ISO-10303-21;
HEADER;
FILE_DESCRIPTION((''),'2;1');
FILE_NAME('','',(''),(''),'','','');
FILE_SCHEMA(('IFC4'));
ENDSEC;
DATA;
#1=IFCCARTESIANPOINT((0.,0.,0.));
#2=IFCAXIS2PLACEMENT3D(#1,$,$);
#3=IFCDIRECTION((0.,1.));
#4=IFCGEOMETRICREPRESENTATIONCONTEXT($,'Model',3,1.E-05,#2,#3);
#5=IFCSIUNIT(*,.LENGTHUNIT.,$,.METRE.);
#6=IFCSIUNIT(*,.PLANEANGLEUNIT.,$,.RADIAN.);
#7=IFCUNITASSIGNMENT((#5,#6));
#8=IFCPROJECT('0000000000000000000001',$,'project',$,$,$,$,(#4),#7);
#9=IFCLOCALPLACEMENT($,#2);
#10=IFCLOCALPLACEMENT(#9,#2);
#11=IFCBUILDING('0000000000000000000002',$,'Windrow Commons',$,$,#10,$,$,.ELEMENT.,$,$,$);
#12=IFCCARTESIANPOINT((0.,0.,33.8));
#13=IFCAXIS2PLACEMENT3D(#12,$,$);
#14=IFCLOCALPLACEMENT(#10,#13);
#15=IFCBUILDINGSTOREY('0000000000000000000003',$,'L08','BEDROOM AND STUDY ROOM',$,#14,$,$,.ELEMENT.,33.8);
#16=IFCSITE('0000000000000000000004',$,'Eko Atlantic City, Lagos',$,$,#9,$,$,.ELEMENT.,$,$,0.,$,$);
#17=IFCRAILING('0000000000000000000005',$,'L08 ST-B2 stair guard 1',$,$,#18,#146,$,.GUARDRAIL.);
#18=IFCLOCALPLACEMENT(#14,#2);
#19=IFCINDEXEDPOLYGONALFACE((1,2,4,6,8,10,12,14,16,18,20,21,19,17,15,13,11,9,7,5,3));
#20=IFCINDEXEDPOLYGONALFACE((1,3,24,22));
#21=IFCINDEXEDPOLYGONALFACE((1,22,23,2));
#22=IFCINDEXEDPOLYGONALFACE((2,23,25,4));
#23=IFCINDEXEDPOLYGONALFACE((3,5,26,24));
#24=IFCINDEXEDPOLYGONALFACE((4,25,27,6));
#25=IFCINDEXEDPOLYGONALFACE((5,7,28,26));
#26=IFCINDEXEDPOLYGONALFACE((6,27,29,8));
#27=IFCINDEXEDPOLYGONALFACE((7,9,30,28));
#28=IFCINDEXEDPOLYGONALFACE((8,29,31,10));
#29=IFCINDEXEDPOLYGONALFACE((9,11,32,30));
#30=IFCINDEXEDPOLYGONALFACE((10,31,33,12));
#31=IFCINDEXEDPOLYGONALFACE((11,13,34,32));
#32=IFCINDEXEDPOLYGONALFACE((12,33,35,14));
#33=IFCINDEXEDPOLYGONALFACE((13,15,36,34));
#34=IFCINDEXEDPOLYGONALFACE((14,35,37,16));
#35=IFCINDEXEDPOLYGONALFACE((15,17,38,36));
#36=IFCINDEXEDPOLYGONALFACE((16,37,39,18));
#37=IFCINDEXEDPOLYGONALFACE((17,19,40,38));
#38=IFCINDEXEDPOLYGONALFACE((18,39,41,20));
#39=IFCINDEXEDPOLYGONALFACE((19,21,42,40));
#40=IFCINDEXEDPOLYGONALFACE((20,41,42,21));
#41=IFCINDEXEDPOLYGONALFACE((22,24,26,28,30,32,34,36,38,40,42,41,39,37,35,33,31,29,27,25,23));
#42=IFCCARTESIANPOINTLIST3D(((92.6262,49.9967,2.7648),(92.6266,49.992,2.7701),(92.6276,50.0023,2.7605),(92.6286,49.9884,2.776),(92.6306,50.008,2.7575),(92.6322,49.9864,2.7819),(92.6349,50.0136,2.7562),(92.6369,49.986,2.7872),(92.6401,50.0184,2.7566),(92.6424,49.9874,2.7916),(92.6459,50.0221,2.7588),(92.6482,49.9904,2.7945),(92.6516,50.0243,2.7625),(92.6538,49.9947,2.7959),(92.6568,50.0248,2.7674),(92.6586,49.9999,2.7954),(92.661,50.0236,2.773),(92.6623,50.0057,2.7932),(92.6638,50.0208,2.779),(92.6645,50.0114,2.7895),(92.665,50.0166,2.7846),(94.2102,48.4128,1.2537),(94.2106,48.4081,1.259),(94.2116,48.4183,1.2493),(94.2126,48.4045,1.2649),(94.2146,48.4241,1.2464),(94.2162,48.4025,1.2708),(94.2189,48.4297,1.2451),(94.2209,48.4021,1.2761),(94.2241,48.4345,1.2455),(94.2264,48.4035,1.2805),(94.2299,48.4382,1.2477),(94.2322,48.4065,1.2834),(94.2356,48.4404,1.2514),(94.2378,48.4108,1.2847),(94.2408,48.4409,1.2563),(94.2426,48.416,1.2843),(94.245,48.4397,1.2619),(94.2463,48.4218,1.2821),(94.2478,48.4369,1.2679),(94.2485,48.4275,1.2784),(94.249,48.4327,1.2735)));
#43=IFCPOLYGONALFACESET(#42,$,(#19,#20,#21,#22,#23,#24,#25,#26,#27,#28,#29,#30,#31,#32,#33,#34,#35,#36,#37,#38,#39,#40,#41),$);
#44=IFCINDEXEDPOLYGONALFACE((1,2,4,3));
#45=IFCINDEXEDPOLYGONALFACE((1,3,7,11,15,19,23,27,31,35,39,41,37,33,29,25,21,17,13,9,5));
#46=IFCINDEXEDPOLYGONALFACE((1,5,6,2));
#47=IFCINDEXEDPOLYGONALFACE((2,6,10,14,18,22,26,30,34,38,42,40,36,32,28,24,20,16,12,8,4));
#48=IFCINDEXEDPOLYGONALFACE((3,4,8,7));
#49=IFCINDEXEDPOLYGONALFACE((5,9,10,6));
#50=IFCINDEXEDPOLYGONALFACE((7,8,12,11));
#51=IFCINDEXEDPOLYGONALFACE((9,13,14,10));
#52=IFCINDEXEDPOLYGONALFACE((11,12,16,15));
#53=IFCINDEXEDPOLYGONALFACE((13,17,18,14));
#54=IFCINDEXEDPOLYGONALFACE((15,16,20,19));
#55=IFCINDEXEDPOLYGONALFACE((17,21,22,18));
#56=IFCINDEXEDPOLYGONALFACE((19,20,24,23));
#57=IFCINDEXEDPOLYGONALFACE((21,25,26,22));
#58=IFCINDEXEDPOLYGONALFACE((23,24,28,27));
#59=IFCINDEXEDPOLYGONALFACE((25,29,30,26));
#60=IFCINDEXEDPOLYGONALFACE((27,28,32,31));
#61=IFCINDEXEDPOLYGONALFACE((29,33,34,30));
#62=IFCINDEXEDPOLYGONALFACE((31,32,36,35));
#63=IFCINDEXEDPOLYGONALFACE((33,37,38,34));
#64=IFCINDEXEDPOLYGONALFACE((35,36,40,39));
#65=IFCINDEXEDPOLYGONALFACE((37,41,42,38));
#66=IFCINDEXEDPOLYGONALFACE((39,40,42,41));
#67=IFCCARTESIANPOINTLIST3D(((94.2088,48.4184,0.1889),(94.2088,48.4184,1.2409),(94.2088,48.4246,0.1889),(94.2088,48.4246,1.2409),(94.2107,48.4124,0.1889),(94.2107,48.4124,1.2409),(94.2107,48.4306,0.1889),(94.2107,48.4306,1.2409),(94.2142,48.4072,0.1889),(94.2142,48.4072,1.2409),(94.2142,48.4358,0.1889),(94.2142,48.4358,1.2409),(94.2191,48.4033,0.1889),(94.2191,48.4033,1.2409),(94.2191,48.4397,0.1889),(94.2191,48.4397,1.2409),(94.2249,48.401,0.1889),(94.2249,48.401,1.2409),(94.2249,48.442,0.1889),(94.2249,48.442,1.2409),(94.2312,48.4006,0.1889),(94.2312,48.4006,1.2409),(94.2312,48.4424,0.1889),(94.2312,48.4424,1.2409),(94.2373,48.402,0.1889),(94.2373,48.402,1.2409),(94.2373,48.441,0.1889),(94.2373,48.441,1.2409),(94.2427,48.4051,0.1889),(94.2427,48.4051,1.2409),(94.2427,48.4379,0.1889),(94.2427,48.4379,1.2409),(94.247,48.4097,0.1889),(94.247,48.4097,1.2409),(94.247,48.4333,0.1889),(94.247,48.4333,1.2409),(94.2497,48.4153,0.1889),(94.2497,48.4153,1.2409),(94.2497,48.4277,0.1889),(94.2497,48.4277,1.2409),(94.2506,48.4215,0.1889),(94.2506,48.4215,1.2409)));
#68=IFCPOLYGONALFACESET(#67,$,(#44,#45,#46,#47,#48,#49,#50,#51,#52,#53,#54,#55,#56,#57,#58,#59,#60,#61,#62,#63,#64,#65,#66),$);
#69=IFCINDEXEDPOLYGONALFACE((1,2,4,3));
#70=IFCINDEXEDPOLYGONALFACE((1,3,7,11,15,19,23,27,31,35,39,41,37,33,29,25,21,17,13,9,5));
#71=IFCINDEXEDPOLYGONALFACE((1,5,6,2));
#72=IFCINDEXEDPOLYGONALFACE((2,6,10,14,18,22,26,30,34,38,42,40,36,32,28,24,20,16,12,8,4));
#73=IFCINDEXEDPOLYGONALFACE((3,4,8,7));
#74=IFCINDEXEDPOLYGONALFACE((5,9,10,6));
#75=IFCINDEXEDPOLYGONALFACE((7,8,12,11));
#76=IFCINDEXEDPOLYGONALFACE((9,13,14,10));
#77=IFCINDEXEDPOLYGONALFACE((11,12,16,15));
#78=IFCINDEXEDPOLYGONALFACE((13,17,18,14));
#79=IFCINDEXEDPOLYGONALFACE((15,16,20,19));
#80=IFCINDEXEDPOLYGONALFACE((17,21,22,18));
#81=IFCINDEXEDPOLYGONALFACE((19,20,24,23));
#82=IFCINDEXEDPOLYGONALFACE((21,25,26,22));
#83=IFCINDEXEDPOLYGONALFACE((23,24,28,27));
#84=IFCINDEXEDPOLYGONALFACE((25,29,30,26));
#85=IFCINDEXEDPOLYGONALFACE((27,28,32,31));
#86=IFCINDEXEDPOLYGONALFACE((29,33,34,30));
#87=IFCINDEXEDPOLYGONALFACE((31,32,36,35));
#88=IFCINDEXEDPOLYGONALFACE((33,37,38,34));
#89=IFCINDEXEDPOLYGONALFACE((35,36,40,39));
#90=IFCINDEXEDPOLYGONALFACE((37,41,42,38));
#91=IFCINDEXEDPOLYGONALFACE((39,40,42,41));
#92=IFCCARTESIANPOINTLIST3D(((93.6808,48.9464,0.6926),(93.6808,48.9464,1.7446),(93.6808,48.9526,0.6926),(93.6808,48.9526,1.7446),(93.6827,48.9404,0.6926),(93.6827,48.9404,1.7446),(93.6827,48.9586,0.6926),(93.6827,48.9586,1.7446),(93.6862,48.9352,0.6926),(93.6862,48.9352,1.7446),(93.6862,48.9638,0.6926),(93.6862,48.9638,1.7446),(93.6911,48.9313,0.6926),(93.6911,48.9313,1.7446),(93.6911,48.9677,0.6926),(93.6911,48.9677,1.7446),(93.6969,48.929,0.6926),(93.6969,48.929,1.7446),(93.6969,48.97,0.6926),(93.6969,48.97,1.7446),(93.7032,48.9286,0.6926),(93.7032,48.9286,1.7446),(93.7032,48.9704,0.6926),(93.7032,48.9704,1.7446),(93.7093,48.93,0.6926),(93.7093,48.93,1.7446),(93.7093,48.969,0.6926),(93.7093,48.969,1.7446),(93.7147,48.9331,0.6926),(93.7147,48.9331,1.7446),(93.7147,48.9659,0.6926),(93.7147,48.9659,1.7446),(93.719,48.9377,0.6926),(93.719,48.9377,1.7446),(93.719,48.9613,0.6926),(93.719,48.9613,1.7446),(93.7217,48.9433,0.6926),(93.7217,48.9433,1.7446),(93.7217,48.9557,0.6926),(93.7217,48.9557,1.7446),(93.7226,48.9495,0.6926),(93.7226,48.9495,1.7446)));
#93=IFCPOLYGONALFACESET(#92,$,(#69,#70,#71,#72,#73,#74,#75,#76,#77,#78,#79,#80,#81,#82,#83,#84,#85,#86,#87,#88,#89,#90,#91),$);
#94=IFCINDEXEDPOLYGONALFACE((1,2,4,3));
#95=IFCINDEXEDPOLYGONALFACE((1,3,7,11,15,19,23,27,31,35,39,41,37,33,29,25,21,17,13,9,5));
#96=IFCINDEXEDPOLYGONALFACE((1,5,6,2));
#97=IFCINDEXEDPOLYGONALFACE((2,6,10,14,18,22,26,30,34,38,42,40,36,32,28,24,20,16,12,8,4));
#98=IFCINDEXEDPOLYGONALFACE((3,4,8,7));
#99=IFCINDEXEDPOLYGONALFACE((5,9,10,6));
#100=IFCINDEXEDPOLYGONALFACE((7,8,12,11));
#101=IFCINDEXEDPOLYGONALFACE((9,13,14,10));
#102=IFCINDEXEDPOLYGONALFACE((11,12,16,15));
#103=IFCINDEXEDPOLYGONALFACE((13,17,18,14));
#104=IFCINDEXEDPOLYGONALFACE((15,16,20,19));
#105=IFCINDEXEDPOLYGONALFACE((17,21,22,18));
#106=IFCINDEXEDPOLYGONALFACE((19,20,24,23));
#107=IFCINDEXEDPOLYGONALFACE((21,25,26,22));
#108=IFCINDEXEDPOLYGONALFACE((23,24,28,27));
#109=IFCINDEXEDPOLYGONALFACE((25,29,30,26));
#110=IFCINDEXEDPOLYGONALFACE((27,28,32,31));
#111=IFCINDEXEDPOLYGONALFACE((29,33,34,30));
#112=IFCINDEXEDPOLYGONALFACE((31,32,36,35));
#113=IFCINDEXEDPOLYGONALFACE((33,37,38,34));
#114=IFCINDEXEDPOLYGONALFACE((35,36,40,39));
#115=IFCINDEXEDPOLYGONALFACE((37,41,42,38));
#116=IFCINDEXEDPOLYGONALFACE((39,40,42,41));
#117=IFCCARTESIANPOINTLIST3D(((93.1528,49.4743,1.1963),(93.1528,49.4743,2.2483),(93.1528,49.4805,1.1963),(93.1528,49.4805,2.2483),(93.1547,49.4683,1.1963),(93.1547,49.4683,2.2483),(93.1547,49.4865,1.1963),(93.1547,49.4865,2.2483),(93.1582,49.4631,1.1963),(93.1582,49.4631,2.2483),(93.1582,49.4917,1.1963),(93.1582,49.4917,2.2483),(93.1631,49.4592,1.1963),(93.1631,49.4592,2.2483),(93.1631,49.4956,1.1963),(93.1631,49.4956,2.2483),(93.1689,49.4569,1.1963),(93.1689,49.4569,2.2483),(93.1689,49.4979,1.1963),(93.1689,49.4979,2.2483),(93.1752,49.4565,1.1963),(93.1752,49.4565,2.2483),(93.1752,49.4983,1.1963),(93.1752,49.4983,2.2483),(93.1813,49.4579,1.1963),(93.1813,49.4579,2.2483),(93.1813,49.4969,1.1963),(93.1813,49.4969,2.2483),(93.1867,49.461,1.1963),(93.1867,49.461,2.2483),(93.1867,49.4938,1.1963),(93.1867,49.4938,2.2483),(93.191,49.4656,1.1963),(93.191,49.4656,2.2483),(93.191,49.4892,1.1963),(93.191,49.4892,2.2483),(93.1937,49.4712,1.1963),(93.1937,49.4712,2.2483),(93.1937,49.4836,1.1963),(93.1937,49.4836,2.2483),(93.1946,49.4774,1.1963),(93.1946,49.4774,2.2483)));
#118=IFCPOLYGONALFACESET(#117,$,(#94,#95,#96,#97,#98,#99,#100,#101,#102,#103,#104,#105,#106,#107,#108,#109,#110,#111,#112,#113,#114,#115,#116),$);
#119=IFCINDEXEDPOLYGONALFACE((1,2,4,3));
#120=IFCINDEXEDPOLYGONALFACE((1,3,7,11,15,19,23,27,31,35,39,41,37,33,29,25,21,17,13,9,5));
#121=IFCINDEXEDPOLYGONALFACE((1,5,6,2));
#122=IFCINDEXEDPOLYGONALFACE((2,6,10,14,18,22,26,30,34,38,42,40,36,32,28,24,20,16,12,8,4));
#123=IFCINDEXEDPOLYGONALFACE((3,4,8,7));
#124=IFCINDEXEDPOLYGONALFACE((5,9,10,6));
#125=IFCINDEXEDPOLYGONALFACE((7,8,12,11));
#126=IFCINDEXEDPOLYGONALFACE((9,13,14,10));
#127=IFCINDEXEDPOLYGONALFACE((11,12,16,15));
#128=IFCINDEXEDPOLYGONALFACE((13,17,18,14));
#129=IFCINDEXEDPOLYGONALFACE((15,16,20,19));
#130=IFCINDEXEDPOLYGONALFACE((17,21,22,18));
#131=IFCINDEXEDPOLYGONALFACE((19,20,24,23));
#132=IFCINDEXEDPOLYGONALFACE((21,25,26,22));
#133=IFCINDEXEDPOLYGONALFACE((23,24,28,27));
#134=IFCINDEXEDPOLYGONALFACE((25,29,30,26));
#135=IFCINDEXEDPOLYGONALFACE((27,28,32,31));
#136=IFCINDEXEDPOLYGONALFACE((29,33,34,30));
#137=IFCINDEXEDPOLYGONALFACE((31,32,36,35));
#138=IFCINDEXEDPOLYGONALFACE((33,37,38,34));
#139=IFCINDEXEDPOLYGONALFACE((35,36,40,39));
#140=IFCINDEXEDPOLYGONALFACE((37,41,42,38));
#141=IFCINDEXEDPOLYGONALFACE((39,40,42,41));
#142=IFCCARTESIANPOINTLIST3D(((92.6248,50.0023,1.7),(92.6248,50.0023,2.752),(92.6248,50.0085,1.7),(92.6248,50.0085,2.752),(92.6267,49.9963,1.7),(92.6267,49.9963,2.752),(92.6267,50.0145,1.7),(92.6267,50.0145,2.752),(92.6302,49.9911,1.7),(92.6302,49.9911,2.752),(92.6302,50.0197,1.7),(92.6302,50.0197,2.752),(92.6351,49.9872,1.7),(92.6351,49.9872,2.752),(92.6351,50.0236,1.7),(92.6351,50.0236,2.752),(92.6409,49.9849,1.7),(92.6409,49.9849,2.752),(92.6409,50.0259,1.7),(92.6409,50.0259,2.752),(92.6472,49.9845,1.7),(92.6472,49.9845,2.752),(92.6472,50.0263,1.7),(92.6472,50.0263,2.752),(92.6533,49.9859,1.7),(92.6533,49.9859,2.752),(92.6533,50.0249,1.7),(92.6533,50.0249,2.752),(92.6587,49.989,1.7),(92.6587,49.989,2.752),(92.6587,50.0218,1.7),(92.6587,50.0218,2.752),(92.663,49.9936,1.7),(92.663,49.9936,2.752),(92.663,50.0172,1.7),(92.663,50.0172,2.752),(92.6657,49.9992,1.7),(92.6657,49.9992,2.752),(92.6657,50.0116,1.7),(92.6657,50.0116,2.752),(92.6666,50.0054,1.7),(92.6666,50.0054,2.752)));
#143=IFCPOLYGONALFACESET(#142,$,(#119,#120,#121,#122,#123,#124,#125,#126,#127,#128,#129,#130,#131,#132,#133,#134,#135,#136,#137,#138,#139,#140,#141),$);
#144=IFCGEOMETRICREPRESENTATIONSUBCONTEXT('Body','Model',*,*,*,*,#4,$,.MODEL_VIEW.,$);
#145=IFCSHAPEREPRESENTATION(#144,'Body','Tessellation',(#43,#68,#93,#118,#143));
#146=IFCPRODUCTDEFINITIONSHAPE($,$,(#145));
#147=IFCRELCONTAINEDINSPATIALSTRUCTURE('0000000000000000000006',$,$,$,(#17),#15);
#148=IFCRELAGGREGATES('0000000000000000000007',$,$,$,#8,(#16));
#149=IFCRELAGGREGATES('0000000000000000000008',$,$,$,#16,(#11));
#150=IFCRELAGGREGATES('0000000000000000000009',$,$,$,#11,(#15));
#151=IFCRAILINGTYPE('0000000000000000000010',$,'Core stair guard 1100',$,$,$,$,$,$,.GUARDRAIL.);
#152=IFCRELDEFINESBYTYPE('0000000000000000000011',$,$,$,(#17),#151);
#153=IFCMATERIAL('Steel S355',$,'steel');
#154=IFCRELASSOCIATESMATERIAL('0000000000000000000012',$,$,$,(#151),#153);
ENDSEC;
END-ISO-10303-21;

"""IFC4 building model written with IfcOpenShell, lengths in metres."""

from ifc_helpers import new_model, si_unit, direction, frame, origin, origin_2d, place, context, subcontext, project, spatial, circle, extrude, material, type_object, element, save


model = new_model("IFC4")

# Units and contexts
model_context = context("Model", 3, precision=1e-05, world=origin(), true_north=direction((0.0, 1.0)))
body_context = subcontext(model_context, "Body", "Model", "MODEL_VIEW")
ifc_project = project(units=[si_unit("LENGTHUNIT", "METRE"), si_unit("PLANEANGLEUNIT", "RADIAN")], contexts=[model_context])

# Site, building, storey
site_placement = place(None, origin())
site = spatial("IfcSite", under=ifc_project, at=site_placement, Name="Eko Atlantic City, Lagos", CompositionType="ELEMENT", RefElevation=0.0)
building_placement = place(site_placement, origin())
building = spatial("IfcBuilding", under=site, at=building_placement, Name="Windrow Commons", CompositionType="ELEMENT")
storey_placement = place(building_placement, frame((0.0, 0.0, 33.8)))
storey = spatial("IfcBuildingStorey", under=building, at=storey_placement, Name="L08", Description="BEDROOM AND STUDY ROOM", CompositionType="ELEMENT", Elevation=33.8)

# Railing
ifc_material_1 = material(Name="Steel S355", Category="steel")
railing_type_1 = type_object("IfcRailingType", Name="Core stair guard 1100", PredefinedType="GUARDRAIL", material=ifc_material_1)
railing_1_placement = place(storey_placement, frame((94.2296, 48.4215, 0.1889)))
element("IfcRailing", 1, at=railing_1_placement, inside=storey, type_object=railing_type_1, Name="L08 ST-B2 stair guard 1", PredefinedType="GUARDRAIL", context=body_context, shape_type="SweptSolid", body=[
    extrude(circle(Radius=0.024, at=origin_2d()), frame((0.0, 0.0, 1.076), z_axis=(-0.586216, 0.586179, 0.559237), x_axis=(-0.707084, -0.707129, 0.0)), (0.0, 0.0, 1.0), 2.7021),
    extrude(circle(Radius=0.021, at=origin_2d()), origin(), (0.0, 0.0, 1.0), 1.052),
    extrude(circle(Radius=0.021, at=origin_2d()), frame((-0.528, 0.528, 0.5037)), (0.0, 0.0, 1.0), 1.052),
    extrude(circle(Radius=0.021, at=origin_2d()), frame((-1.056, 1.0559, 1.0074)), (0.0, 0.0, 1.0), 1.052),
    extrude(circle(Radius=0.021, at=origin_2d()), frame((-1.584, 1.5839, 1.5111)), (0.0, 0.0, 1.0), 1.052),
])

save(model, "model.ifc")
